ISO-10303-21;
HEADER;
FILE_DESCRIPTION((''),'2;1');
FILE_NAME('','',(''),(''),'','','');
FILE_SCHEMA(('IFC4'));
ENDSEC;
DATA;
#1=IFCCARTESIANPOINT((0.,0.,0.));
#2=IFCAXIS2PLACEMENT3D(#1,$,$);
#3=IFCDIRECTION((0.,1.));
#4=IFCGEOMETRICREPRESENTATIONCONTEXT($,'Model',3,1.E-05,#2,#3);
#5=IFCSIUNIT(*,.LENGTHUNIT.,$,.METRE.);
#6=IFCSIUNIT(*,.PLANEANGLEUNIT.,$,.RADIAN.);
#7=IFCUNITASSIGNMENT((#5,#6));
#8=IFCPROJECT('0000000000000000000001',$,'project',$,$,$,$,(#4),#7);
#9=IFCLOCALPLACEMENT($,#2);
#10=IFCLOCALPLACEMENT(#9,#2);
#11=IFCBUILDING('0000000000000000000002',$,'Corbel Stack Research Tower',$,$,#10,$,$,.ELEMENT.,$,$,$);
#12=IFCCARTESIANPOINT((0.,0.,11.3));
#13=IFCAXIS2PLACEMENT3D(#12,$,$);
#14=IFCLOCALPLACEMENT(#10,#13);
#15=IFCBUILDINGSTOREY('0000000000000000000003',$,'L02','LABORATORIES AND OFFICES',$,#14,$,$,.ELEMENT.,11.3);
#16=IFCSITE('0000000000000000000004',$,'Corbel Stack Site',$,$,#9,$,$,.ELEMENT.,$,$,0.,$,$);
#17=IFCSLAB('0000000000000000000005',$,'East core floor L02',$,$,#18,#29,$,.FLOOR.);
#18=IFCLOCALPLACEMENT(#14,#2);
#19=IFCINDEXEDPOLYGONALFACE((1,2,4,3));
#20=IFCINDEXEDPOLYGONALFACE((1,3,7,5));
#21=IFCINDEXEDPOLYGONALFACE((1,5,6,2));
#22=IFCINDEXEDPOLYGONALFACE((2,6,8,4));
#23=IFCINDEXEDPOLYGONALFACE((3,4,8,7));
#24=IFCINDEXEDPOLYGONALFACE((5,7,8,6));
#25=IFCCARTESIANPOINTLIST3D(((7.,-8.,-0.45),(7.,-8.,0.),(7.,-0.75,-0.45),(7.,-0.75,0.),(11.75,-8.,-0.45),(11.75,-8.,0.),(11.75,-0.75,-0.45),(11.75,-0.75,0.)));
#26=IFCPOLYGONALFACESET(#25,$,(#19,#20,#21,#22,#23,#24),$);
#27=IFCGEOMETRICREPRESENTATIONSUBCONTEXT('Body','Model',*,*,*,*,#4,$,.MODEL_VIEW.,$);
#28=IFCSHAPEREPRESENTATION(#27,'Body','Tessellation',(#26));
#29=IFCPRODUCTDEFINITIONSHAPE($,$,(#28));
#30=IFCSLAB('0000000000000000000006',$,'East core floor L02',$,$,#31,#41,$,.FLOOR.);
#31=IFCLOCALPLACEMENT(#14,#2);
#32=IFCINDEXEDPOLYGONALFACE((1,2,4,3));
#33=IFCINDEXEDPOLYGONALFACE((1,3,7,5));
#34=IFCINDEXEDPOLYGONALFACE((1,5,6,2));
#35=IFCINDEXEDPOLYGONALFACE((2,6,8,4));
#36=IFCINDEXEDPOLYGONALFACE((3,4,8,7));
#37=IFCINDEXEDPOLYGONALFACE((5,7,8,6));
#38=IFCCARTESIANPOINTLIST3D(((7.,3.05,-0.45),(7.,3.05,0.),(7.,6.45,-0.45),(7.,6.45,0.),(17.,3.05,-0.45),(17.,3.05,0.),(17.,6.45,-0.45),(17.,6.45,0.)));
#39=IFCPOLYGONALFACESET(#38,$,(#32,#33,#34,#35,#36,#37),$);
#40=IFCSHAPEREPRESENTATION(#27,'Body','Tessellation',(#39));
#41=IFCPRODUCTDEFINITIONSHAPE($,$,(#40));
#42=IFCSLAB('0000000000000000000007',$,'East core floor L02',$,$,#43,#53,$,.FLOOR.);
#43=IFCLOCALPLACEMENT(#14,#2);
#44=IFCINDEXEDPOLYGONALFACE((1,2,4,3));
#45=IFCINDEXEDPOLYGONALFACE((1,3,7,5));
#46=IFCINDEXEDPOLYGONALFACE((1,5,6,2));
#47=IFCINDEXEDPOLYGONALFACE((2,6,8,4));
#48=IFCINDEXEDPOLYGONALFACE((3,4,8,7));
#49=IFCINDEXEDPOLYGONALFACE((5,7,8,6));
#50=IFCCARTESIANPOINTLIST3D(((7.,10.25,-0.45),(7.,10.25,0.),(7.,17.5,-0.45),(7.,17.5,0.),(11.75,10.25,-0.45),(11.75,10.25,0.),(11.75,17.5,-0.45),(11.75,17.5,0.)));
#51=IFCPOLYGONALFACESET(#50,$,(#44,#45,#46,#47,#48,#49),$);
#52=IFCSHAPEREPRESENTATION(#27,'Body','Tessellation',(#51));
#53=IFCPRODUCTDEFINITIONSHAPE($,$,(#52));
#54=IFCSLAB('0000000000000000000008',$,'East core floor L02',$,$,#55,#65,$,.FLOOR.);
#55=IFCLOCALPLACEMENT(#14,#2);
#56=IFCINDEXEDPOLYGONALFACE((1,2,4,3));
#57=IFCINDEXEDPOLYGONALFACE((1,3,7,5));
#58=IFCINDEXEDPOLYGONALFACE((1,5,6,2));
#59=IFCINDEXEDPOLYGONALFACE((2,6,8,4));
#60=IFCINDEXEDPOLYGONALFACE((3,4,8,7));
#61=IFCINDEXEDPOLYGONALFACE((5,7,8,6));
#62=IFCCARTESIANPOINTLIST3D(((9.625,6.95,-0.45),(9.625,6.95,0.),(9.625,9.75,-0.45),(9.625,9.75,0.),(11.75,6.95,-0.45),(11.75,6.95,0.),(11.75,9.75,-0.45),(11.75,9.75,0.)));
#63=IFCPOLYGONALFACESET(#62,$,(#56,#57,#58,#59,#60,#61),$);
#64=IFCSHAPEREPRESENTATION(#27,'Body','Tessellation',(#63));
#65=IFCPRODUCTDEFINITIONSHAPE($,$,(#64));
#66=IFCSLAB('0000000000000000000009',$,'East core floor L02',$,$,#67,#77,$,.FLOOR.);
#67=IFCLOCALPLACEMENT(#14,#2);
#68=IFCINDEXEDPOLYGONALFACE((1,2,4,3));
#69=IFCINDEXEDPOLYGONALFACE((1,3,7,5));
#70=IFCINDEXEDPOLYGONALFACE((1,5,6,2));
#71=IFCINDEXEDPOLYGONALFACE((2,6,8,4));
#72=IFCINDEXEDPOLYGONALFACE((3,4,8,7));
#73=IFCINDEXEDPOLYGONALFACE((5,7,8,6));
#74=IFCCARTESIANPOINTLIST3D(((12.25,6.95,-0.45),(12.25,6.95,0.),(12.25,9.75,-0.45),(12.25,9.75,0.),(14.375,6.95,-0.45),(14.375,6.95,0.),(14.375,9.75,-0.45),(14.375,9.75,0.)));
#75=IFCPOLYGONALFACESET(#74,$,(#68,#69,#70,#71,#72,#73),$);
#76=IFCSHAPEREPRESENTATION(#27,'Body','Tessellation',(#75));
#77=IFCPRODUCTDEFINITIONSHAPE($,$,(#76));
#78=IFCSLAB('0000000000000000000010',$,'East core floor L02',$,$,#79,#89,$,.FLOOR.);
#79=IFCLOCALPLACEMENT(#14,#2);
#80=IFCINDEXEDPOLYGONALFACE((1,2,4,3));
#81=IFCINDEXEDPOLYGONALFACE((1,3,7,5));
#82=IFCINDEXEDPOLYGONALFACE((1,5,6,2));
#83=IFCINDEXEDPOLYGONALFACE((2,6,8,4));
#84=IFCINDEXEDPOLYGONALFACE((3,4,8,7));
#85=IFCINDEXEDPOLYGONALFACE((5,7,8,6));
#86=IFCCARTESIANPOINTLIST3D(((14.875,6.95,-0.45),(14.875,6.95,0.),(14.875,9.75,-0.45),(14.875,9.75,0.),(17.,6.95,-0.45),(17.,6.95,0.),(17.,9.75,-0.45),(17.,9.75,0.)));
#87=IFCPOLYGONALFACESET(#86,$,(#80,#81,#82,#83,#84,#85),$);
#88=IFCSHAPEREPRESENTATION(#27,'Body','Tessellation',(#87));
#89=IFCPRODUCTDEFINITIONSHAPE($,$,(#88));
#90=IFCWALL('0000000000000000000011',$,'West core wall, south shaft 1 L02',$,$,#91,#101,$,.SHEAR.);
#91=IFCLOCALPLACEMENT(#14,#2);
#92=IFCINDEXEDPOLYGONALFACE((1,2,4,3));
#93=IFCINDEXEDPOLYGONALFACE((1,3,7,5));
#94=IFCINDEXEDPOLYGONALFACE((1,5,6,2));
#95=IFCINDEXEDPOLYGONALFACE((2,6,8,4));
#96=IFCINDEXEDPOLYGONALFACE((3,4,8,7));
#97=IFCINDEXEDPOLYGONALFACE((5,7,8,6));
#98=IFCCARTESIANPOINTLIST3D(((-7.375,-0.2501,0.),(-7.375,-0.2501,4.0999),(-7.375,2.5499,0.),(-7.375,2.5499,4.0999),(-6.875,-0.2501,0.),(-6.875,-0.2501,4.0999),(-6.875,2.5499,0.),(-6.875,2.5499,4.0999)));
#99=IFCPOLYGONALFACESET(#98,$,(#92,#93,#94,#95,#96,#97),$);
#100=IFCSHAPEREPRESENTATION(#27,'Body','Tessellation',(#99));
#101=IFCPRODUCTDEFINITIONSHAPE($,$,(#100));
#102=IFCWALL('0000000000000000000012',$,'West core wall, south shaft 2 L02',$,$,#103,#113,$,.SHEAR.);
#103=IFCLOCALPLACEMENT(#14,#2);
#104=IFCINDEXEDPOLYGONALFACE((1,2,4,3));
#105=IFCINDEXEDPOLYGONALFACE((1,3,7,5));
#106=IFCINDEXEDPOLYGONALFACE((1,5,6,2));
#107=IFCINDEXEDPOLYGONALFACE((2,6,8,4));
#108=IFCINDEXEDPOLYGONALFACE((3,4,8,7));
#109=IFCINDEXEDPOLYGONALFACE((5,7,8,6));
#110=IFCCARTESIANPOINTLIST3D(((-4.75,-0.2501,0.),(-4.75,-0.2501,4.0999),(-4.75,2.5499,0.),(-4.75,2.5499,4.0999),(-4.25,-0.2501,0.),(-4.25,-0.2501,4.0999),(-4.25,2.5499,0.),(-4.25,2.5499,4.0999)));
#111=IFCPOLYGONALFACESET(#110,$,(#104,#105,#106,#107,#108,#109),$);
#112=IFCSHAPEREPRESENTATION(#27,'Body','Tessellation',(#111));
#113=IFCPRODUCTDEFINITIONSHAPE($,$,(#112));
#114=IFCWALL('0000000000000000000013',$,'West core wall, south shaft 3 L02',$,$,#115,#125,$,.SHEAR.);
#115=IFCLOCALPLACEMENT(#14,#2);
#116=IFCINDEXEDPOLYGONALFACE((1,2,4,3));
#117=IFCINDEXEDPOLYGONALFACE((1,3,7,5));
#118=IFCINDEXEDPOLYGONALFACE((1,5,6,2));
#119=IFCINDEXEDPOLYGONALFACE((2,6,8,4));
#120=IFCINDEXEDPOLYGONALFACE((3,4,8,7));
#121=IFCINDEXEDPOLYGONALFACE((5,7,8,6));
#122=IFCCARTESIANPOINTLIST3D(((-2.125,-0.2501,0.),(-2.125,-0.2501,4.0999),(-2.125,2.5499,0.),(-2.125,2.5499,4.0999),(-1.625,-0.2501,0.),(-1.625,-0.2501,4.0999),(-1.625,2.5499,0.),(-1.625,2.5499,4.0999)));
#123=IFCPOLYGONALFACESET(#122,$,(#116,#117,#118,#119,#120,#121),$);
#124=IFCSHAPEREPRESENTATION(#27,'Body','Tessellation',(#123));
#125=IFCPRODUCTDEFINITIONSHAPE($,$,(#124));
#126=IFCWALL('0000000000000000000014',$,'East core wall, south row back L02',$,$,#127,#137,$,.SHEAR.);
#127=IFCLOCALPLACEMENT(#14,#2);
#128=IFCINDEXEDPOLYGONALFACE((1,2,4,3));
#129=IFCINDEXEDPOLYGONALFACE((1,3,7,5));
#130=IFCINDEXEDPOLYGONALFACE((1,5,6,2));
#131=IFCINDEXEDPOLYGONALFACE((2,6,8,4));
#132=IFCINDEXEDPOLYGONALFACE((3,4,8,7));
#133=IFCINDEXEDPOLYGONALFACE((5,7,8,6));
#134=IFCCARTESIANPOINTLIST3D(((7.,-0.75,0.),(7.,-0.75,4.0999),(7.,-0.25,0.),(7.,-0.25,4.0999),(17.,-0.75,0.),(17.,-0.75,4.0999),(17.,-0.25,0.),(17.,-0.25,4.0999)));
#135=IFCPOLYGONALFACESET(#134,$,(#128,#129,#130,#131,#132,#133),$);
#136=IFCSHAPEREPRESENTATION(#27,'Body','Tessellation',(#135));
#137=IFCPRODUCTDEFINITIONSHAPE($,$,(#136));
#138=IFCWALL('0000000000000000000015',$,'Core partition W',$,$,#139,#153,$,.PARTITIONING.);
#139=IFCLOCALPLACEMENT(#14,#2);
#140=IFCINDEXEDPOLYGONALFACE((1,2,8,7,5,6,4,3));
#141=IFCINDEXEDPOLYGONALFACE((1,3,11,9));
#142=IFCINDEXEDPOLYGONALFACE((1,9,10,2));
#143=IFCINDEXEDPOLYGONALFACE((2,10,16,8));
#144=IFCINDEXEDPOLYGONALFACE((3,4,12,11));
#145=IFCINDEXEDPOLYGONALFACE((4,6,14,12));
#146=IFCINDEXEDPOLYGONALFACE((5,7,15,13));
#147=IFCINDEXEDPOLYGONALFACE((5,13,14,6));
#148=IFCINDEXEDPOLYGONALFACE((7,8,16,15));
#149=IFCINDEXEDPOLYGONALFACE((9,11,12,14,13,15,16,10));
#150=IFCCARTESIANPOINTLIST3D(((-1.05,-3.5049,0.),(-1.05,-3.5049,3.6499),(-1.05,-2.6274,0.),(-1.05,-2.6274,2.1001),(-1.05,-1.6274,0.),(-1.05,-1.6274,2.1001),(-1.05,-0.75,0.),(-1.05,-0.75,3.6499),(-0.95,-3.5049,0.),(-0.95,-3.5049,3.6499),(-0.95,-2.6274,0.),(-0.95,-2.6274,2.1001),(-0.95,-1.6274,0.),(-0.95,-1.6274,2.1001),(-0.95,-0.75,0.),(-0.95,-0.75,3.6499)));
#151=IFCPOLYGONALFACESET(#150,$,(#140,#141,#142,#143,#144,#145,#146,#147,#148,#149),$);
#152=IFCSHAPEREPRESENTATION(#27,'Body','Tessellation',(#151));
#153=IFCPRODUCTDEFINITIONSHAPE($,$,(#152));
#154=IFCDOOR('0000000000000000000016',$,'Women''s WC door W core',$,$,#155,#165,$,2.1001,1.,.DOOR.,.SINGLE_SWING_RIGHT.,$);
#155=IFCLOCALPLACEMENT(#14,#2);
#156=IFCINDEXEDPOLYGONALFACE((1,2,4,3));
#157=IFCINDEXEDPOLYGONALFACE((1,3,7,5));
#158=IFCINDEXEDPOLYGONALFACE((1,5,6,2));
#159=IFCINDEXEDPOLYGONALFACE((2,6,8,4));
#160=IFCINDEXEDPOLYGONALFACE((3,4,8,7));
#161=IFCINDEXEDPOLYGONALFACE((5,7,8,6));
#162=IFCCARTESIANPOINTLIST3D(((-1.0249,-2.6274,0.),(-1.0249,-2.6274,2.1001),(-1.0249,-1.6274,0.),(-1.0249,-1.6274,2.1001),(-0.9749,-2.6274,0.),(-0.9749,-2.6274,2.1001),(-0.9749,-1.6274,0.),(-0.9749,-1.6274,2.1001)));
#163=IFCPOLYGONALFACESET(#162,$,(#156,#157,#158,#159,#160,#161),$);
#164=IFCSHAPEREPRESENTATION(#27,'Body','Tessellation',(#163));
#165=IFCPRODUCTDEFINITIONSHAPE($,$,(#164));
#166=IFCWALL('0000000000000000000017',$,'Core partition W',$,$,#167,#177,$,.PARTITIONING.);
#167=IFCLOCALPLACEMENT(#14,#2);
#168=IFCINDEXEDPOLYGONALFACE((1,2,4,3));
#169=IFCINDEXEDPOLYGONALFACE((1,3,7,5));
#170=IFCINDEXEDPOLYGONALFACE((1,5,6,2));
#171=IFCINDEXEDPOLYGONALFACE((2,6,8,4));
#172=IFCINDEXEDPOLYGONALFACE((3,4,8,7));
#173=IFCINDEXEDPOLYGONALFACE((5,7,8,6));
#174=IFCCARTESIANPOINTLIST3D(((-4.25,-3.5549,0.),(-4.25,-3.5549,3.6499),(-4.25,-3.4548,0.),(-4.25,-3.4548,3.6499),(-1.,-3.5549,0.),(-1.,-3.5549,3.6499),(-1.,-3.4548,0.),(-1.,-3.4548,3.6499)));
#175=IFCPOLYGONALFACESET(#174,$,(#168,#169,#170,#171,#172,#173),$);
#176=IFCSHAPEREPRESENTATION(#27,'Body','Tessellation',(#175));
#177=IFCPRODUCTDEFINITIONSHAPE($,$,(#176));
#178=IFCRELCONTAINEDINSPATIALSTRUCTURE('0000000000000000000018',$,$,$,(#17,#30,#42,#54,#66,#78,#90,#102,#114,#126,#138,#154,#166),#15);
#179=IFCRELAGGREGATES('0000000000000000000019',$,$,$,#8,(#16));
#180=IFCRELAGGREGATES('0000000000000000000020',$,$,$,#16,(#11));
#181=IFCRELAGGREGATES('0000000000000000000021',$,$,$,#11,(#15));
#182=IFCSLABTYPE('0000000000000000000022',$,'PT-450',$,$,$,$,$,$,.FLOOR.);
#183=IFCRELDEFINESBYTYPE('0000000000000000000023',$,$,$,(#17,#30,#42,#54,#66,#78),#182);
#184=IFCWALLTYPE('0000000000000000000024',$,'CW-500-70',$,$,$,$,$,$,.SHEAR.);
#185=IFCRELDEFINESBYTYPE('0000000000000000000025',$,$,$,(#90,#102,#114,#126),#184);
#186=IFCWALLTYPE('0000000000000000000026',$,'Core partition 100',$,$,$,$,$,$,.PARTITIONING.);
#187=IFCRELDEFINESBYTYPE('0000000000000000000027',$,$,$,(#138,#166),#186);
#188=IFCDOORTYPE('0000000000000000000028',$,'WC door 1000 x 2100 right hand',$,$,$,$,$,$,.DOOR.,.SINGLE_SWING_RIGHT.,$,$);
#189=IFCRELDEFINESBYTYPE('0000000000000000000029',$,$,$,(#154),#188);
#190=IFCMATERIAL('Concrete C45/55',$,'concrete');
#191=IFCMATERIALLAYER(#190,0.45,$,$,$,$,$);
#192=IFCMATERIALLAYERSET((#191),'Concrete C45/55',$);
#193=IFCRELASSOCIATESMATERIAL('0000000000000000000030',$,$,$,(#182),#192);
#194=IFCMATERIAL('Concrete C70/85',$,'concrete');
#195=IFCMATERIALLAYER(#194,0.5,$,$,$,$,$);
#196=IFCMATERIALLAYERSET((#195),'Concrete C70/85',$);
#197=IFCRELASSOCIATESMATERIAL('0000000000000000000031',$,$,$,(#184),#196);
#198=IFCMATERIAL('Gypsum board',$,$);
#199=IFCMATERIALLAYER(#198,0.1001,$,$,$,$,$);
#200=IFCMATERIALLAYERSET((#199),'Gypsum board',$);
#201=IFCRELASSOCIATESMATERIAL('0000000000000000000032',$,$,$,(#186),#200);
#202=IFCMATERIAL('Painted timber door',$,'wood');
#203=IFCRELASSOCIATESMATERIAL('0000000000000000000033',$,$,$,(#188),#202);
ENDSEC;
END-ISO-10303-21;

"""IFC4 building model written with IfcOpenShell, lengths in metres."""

from ifc_helpers import new_model, si_unit, direction, frame, frame_2d, origin, place, context, subcontext, project, spatial, polyline, rectangle, outline, extrude, material, layer, layer_set, type_object, element, fill, save


model = new_model("IFC4")

# Units and contexts
model_context = context("Model", 3, precision=1e-05, world=origin(), true_north=direction((0.0, 1.0)))
body_context = subcontext(model_context, "Body", "Model", "MODEL_VIEW")
ifc_project = project(units=[si_unit("LENGTHUNIT", "METRE"), si_unit("PLANEANGLEUNIT", "RADIAN")], contexts=[model_context])

# Site, building, storey
site_placement = place(None, origin())
site = spatial("IfcSite", under=ifc_project, at=site_placement, Name="Corbel Stack Site", CompositionType="ELEMENT", RefElevation=0.0)
building_placement = place(site_placement, origin())
building = spatial("IfcBuilding", under=site, at=building_placement, Name="Corbel Stack Research Tower", CompositionType="ELEMENT")
storey_placement = place(building_placement, frame((0.0, 0.0, 11.3)))
storey = spatial("IfcBuildingStorey", under=building, at=storey_placement, Name="L02", Description="LABORATORIES AND OFFICES", CompositionType="ELEMENT", Elevation=11.3)

# Slabs
ifc_material_1 = material(Name="Concrete C45/55", Category="concrete")
ifc_layer_1 = layer(ifc_material_1, 0.45)
ifc_layer_set_1 = layer_set([ifc_layer_1], Name="Concrete C45/55")
slab_type = type_object("IfcSlabType", Name="PT-450", PredefinedType="FLOOR", material=ifc_layer_set_1)
slab_1_placement = place(storey_placement, frame((0.0, 0.0, -0.45)))
element("IfcSlab", 1, at=slab_1_placement, inside=storey, type_object=slab_type, Name="East core floor L02", PredefinedType="FLOOR", context=body_context, shape_type="SweptSolid", body=[
    extrude(outline(polyline([(7.0, -0.75), (7.0, -8.0), (11.75, -8.0), (11.75, -0.75), (7.0, -0.75)])), origin(), (0.0, 0.0, 1.0), 0.45),
])
slab_2_placement = place(storey_placement, frame((0.0, 0.0, -0.45)))
element("IfcSlab", 2, at=slab_2_placement, inside=storey, type_object=slab_type, Name="East core floor L02", PredefinedType="FLOOR", context=body_context, shape_type="SweptSolid", body=[
    extrude(outline(polyline([(7.0, 6.45), (7.0, 3.05), (17.0, 3.05), (17.0, 6.45), (7.0, 6.45)])), origin(), (0.0, 0.0, 1.0), 0.45),
])
slab_3_placement = place(storey_placement, frame((0.0, 0.0, -0.45)))
element("IfcSlab", 3, at=slab_3_placement, inside=storey, type_object=slab_type, Name="East core floor L02", PredefinedType="FLOOR", context=body_context, shape_type="SweptSolid", body=[
    extrude(outline(polyline([(7.0, 17.5), (7.0, 10.25), (11.75, 10.25), (11.75, 17.5), (7.0, 17.5)])), origin(), (0.0, 0.0, 1.0), 0.45),
])
slab_4_placement = place(storey_placement, frame((0.0, 0.0, -0.45)))
element("IfcSlab", 4, at=slab_4_placement, inside=storey, type_object=slab_type, Name="East core floor L02", PredefinedType="FLOOR", context=body_context, shape_type="SweptSolid", body=[
    extrude(outline(polyline([(9.625, 6.95), (11.75, 6.95), (11.75, 9.75), (9.625, 9.75), (9.625, 6.95)])), origin(), (0.0, 0.0, 1.0), 0.45),
])
slab_5_placement = place(storey_placement, frame((0.0, 0.0, -0.45)))
element("IfcSlab", 5, at=slab_5_placement, inside=storey, type_object=slab_type, Name="East core floor L02", PredefinedType="FLOOR", context=body_context, shape_type="SweptSolid", body=[
    extrude(outline(polyline([(14.375, 6.95), (14.375, 9.75), (12.25, 9.75), (12.25, 6.95), (14.375, 6.95)])), origin(), (0.0, 0.0, 1.0), 0.45),
])
slab_6_placement = place(storey_placement, frame((0.0, 0.0, -0.45)))
element("IfcSlab", 6, at=slab_6_placement, inside=storey, type_object=slab_type, Name="East core floor L02", PredefinedType="FLOOR", context=body_context, shape_type="SweptSolid", body=[
    extrude(outline(polyline([(17.0, 6.95), (17.0, 9.75), (14.875, 9.75), (14.875, 6.95), (17.0, 6.95)])), origin(), (0.0, 0.0, 1.0), 0.45),
])

# Walls
ifc_material_2 = material(Name="Concrete C70/85", Category="concrete")
ifc_layer_2 = layer(ifc_material_2, 0.5)
ifc_layer_set_2 = layer_set([ifc_layer_2], Name="Concrete C70/85")
wall_type_1 = type_object("IfcWallType", Name="CW-500-70", PredefinedType="SHEAR", material=ifc_layer_set_2)
for number, where, z_axis, x_axis, name in (
    (7, (-7.125, -0.25, 0.0), (0.0, 0.0, 1.0), (0.0, 1.0, 0.0), "West core wall, south shaft 1 L02"),
    (8, (-4.5, -0.25, 0.0), (0.0, 0.0, 1.0), (0.0, 1.0, 0.0), "West core wall, south shaft 2 L02"),
    (9, (-1.875, -0.25, 0.0), (0.0, 0.0, 1.0), (0.0, 1.0, 0.0), "West core wall, south shaft 3 L02"),
):
    element("IfcWall", number, at=place(storey_placement, frame(where, z_axis=z_axis, x_axis=x_axis)), inside=storey, type_object=wall_type_1, Name=name, PredefinedType="SHEAR", context=body_context, shape_type="SweptSolid", body=[
        extrude(rectangle(XDim=2.8, YDim=0.5, at=frame_2d((1.3999, 0.0))), origin(), (0.0, 0.0, 1.0), 4.0999),
    ])
wall_1_placement = place(storey_placement, frame((7.0, -0.5, 0.0), z_axis=(0.0, 0.0, 1.0), x_axis=(1.0, 0.0, 0.0)))
element("IfcWall", 10, at=wall_1_placement, inside=storey, type_object=wall_type_1, Name="East core wall, south row back L02", PredefinedType="SHEAR", context=body_context, shape_type="SweptSolid", body=[
    extrude(rectangle(XDim=10.0, YDim=0.5, at=frame_2d((5.0, 0.0))), origin(), (0.0, 0.0, 1.0), 4.0999),
])

# Wall, opening, door
ifc_material_3 = material(Name="Gypsum board")
ifc_layer_3 = layer(ifc_material_3, 0.1001)
ifc_layer_set_3 = layer_set([ifc_layer_3], Name="Gypsum board")
wall_type_2 = type_object("IfcWallType", Name="Core partition 100", PredefinedType="PARTITIONING", material=ifc_layer_set_3)
wall_2_placement = place(storey_placement, frame((-1.0, -3.5049, 0.0), z_axis=(0.0, 0.0, 1.0), x_axis=(0.0, 1.0, 0.0)))
wall_2 = element("IfcWall", 11, at=wall_2_placement, inside=storey, type_object=wall_type_2, Name="Core partition W", PredefinedType="PARTITIONING", context=body_context, shape_type="SweptSolid", body=[
    extrude(rectangle(XDim=2.7549, YDim=0.1001, at=frame_2d((1.3774, 0.0))), origin(), (0.0, 0.0, 1.0), 3.6499),
])
opening_placement = place(wall_2_placement, frame((0.8774, 0.0, 0.0)))
opening = element("IfcOpeningElement", 12, at=opening_placement, cuts=wall_2, PredefinedType="OPENING", context=body_context, shape_type="SweptSolid", body=[
    extrude(rectangle(XDim=1.0, YDim=2.1001, at=frame_2d((0.5, 1.05))), frame((0.0, 0.0601, 0.0), z_axis=(0.0, -1.0, 0.0), x_axis=(1.0, 0.0, 0.0)), (0.0, 0.0, 1.0), 0.1201),
])
ifc_material_4 = material(Name="Painted timber door", Category="wood")
door_type = type_object("IfcDoorType", Name="WC door 1000 x 2100 right hand", OperationType="SINGLE_SWING_RIGHT", PredefinedType="DOOR", material=ifc_material_4)
door_placement = place(opening_placement, origin())
door = element("IfcDoor", 13, at=door_placement, inside=storey, type_object=door_type, Name="Women's WC door W core", OperationType="SINGLE_SWING_RIGHT", OverallHeight=2.1001, OverallWidth=1.0, PredefinedType="DOOR", context=body_context, shape_type="SweptSolid", body=[
    extrude(rectangle(XDim=1.0, YDim=2.1001, at=frame_2d((0.5, 1.05))), frame((0.0, 0.0249, 0.0), z_axis=(0.0, -1.0, 0.0), x_axis=(1.0, 0.0, 0.0)), (0.0, 0.0, 1.0), 0.05),
])
fill(opening, door)

# Wall
wall_3_placement = place(storey_placement, frame((-4.25, -3.5049, 0.0), z_axis=(0.0, 0.0, 1.0), x_axis=(1.0, 0.0, 0.0)))
element("IfcWall", 14, at=wall_3_placement, inside=storey, type_object=wall_type_2, Name="Core partition W", PredefinedType="PARTITIONING", context=body_context, shape_type="SweptSolid", body=[
    extrude(rectangle(XDim=3.25, YDim=0.1001, at=frame_2d((1.625, 0.0))), origin(), (0.0, 0.0, 1.0), 3.6499),
])

save(model, "model.ifc")
